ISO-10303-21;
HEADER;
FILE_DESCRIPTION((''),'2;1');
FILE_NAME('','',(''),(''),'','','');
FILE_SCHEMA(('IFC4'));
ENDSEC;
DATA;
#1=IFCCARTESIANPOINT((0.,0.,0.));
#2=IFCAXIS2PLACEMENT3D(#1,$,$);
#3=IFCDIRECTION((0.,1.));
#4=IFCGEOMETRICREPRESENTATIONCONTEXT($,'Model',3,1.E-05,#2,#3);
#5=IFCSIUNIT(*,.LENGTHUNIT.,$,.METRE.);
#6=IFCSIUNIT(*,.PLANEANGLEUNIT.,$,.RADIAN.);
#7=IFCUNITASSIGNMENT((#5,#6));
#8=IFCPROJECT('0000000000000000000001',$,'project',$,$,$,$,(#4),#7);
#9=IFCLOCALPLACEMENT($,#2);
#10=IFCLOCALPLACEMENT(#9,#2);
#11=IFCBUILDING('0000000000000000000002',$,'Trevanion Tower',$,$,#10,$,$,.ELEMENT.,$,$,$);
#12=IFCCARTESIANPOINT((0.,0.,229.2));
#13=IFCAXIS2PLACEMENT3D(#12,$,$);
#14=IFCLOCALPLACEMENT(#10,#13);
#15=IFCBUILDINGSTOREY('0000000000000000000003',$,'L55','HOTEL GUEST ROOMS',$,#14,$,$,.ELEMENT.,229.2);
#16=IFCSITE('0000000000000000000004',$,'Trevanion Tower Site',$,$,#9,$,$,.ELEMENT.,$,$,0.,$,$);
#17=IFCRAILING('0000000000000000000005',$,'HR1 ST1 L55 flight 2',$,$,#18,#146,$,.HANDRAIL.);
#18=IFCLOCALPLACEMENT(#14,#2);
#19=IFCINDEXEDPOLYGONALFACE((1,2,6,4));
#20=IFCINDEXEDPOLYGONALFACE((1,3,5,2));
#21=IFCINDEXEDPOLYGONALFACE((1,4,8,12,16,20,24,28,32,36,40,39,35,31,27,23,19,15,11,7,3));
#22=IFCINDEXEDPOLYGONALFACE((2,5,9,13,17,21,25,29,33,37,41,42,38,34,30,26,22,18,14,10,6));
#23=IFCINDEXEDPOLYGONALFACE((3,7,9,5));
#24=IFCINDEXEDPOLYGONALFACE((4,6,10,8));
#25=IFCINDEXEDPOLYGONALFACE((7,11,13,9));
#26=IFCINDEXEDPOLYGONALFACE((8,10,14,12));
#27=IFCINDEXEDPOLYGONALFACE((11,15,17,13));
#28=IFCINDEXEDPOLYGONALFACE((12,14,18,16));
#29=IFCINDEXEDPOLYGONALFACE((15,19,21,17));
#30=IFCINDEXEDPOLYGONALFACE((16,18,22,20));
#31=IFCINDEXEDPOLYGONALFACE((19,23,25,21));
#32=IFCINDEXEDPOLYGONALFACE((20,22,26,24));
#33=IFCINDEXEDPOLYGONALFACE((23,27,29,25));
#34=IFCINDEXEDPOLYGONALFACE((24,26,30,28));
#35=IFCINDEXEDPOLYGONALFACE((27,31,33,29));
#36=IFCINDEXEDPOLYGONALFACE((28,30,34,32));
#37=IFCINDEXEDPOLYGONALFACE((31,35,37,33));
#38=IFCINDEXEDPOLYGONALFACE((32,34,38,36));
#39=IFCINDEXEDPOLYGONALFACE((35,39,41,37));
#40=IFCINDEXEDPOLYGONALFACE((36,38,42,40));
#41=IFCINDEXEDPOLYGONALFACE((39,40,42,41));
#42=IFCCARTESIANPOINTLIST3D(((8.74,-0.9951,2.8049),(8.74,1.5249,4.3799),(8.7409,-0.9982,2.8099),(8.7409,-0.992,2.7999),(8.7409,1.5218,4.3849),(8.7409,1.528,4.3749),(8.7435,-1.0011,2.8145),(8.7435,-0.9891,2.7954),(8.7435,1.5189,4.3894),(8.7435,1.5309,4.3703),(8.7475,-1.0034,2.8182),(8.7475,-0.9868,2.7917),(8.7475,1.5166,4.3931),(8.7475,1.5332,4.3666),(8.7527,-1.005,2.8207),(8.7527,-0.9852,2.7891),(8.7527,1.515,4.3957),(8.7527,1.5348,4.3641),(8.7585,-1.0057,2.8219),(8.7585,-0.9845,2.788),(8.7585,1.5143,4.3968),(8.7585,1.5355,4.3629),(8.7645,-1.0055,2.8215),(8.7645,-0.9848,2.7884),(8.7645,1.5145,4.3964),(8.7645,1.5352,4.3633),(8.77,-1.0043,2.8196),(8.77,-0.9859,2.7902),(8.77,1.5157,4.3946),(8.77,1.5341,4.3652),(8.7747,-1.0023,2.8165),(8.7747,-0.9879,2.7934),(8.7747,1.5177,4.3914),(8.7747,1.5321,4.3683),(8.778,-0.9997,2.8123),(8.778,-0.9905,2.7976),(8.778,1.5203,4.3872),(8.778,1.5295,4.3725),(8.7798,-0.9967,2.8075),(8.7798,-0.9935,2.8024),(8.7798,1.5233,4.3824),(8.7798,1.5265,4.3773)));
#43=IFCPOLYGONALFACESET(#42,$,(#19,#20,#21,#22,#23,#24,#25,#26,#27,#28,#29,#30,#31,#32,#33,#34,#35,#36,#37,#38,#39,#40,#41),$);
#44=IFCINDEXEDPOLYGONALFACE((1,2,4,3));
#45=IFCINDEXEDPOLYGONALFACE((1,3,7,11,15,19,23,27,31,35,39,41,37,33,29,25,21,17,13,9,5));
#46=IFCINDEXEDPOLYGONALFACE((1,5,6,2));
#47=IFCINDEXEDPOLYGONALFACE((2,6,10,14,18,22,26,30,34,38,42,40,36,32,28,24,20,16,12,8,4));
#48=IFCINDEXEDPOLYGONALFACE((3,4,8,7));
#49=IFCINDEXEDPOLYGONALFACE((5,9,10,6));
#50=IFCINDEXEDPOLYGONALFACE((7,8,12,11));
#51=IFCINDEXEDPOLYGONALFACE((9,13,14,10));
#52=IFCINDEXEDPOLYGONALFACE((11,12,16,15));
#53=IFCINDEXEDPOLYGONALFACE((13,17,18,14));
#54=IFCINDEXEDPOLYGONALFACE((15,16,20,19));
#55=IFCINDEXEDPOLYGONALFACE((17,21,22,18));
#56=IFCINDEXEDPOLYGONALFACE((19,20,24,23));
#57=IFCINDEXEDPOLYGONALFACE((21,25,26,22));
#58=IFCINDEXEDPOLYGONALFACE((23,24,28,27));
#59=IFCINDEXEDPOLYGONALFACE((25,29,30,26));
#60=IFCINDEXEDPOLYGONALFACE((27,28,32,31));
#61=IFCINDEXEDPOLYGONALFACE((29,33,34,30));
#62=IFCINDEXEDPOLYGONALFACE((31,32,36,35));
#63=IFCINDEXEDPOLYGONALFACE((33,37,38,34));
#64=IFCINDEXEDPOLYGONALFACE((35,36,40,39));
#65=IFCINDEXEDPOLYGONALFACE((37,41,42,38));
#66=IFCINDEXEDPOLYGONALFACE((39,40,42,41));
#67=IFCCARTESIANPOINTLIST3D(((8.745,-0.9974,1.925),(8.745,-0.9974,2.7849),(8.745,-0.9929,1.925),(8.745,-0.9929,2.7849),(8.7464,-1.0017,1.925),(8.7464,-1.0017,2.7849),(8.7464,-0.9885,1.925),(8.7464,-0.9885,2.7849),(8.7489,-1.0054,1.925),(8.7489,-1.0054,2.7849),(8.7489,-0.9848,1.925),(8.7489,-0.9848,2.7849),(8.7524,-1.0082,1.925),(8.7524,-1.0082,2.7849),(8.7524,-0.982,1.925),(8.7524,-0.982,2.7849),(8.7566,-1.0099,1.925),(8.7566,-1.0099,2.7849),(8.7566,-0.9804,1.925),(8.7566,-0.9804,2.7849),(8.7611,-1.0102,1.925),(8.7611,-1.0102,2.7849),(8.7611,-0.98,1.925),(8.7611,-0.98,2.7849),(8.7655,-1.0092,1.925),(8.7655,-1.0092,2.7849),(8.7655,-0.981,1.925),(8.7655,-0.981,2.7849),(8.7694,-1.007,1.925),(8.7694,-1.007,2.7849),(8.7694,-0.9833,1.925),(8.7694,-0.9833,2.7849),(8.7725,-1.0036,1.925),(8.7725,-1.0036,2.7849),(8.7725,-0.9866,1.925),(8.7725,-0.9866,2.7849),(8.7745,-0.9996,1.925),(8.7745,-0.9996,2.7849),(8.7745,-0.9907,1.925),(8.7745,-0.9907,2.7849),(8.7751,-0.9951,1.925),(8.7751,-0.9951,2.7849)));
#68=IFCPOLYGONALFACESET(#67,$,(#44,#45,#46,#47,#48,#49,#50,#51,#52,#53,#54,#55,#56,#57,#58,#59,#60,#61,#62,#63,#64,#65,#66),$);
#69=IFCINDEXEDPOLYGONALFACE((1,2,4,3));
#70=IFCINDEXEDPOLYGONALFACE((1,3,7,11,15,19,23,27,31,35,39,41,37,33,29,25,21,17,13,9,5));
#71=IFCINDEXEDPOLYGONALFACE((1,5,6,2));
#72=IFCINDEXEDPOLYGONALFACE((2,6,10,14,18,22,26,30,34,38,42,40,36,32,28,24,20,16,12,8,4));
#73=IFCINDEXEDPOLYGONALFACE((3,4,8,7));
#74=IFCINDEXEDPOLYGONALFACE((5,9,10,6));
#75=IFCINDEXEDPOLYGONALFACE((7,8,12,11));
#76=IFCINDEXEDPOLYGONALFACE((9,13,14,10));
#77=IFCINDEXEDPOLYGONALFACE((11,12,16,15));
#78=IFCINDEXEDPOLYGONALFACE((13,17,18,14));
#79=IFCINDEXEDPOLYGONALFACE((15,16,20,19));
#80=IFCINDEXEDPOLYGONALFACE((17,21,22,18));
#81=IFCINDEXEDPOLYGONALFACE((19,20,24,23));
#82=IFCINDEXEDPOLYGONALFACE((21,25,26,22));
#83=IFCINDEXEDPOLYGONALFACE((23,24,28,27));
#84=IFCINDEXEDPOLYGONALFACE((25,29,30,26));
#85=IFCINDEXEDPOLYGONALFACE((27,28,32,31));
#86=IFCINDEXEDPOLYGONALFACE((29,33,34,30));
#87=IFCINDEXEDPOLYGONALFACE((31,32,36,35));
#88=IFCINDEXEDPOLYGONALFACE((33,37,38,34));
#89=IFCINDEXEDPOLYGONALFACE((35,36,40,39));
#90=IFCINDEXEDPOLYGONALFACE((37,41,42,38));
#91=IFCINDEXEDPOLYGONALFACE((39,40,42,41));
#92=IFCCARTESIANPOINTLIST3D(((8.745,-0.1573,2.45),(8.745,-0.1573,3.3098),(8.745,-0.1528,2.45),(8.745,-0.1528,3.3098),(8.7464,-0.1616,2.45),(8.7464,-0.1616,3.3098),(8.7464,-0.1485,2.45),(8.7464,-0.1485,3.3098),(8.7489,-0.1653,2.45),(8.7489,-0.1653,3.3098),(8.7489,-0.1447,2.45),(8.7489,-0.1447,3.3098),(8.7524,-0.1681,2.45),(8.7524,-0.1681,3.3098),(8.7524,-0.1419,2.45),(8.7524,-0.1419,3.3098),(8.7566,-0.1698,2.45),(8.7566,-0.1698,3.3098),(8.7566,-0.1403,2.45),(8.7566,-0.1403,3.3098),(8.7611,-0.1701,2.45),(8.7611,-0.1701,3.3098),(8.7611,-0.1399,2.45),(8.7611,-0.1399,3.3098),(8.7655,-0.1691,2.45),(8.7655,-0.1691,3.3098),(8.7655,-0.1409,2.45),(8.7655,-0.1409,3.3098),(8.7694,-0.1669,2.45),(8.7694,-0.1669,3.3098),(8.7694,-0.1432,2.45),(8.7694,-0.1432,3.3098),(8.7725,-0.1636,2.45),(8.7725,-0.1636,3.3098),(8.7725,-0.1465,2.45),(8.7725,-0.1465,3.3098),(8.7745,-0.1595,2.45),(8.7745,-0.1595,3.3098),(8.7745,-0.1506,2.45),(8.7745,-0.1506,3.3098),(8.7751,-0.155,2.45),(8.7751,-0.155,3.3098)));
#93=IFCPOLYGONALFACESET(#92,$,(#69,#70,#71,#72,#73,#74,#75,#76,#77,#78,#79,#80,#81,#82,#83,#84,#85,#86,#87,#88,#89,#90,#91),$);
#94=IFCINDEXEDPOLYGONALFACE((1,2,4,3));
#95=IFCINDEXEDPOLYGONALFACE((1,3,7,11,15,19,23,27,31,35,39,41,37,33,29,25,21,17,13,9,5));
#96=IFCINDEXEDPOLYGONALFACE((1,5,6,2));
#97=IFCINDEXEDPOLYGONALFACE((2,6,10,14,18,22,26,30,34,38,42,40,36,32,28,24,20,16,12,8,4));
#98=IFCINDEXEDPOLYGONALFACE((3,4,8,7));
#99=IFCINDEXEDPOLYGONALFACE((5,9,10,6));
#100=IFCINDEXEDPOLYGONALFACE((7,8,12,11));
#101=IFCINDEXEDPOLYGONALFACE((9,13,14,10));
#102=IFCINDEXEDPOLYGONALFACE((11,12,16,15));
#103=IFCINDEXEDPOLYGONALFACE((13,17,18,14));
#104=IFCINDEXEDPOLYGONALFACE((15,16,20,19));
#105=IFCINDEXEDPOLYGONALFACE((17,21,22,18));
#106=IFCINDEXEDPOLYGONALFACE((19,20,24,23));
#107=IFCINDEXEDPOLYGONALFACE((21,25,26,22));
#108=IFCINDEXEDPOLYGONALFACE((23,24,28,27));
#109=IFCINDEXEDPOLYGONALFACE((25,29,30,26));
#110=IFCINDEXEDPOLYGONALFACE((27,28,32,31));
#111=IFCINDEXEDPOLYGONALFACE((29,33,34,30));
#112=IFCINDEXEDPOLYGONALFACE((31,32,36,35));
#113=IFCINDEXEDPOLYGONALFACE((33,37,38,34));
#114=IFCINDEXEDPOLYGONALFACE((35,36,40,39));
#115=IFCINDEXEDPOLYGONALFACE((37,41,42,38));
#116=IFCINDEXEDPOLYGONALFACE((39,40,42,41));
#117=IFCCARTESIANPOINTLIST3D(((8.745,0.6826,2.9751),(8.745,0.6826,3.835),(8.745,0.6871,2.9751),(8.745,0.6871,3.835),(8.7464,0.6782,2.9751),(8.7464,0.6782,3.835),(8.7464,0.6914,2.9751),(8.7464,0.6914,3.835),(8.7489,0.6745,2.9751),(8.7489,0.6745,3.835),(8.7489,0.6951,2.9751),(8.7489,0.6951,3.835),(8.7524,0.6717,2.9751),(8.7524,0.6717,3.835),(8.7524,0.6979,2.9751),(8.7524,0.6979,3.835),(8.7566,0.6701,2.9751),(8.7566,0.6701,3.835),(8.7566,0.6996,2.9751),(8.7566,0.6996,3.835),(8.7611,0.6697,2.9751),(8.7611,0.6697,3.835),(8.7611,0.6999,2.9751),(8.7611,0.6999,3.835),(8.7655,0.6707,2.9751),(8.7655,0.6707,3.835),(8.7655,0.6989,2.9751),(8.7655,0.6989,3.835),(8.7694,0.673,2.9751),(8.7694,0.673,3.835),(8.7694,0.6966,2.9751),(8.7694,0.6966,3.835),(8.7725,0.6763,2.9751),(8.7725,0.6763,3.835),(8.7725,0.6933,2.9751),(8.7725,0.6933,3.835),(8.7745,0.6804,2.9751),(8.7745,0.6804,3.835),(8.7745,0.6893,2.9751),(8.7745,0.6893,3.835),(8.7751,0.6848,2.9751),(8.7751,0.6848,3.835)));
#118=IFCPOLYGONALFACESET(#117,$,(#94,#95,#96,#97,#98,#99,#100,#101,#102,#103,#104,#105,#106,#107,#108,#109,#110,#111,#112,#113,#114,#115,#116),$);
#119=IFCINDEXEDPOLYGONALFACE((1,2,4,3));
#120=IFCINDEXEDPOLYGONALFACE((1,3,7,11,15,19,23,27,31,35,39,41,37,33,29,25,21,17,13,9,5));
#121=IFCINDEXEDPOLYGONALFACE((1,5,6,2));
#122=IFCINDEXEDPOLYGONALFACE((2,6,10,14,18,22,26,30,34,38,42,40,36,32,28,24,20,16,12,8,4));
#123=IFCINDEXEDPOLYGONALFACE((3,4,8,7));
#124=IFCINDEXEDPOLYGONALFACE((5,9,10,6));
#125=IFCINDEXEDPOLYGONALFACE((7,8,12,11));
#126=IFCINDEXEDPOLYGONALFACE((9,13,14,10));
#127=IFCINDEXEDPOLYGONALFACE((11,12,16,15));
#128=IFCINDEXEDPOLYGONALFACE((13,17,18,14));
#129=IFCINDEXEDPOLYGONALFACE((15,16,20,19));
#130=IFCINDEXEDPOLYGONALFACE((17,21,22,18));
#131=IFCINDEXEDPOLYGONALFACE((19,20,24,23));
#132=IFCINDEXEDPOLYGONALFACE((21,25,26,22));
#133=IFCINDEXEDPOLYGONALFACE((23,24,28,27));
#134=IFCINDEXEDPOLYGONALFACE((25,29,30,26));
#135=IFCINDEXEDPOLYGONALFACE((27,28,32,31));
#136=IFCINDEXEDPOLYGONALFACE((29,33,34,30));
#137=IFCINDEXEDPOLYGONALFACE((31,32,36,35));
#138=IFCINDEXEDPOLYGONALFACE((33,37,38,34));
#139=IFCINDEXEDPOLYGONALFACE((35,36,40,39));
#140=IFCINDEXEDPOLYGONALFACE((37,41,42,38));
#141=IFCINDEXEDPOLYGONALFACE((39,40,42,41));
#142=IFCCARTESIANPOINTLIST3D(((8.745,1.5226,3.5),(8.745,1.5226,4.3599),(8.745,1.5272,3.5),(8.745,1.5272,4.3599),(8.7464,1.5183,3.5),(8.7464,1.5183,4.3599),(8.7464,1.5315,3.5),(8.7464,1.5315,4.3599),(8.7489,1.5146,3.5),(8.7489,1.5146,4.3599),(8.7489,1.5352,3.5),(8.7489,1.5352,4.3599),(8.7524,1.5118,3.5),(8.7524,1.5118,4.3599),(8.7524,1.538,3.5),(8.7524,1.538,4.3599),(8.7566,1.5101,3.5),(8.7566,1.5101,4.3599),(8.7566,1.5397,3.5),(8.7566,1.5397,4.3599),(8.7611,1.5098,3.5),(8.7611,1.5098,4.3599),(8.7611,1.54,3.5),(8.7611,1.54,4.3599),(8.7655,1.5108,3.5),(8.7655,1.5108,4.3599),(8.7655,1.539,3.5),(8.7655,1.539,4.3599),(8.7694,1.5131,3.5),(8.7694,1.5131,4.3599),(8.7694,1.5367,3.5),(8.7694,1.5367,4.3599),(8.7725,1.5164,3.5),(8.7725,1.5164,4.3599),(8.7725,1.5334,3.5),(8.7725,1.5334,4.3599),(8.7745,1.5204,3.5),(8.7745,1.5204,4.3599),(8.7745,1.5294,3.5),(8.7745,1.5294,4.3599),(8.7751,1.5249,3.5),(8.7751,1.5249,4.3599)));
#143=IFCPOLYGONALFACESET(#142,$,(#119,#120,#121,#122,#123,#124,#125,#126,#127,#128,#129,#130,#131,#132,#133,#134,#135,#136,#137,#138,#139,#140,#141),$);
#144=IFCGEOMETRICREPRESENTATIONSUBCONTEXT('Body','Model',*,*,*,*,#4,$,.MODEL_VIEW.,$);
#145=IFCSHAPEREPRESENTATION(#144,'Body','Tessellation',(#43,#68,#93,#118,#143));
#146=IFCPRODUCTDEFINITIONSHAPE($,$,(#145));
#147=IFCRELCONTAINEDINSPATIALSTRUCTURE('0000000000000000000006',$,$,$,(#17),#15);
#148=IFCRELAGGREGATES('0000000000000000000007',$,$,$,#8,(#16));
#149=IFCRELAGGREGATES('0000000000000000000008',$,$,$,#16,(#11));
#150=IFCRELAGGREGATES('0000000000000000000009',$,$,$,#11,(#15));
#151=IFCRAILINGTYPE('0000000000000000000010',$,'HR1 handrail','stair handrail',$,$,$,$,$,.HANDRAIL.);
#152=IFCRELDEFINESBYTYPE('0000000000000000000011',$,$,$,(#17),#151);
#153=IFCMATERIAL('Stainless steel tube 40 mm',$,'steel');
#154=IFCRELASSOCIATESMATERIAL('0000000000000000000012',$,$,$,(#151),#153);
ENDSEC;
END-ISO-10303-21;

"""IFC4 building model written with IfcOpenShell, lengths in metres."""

from ifc_helpers import new_model, si_unit, direction, frame, origin, origin_2d, place, context, subcontext, project, spatial, circle, extrude, material, type_object, element, save


model = new_model("IFC4")

# Units and contexts
model_context = context("Model", 3, precision=1e-05, world=origin(), true_north=direction((0.0, 1.0)))
body_context = subcontext(model_context, "Body", "Model", "MODEL_VIEW")
ifc_project = project(units=[si_unit("LENGTHUNIT", "METRE"), si_unit("PLANEANGLEUNIT", "RADIAN")], contexts=[model_context])

# Site, building, storey
site_placement = place(None, origin())
site = spatial("IfcSite", under=ifc_project, at=site_placement, Name="Trevanion Tower Site", CompositionType="ELEMENT", RefElevation=0.0)
building_placement = place(site_placement, origin())
building = spatial("IfcBuilding", under=site, at=building_placement, Name="Trevanion Tower", CompositionType="ELEMENT")
storey_placement = place(building_placement, frame((0.0, 0.0, 229.2)))
storey = spatial("IfcBuildingStorey", under=building, at=storey_placement, Name="L55", Description="HOTEL GUEST ROOMS", CompositionType="ELEMENT", Elevation=229.2)

# Railing
ifc_material_1 = material(Name="Stainless steel tube 40 mm", Category="steel")
railing_type = type_object("IfcRailingType", Name="HR1 handrail", Description="stair handrail", PredefinedType="HANDRAIL", material=ifc_material_1)
for number, where, name in (
    (1, (8.76, -0.9951, 1.925), "HR1 ST1 L55 flight 2"),
):
    element("IfcRailing", number, at=place(storey_placement, frame(where)), inside=storey, type_object=railing_type, Name=name, PredefinedType="HANDRAIL", context=body_context, shape_type="SweptSolid", body=[
        extrude(circle(Radius=0.02, at=origin_2d()), frame((0.0, 0.0, 0.8799), z_axis=(0.0, 0.848008, 0.529984), x_axis=(-1.0, 0.0, 0.0)), (0.0, 0.0, 1.0), 2.9717),
        extrude(circle(Radius=0.0151, at=origin_2d()), origin(), (0.0, 0.0, 1.0), 0.8599),
        extrude(circle(Radius=0.0151, at=origin_2d()), frame((0.0, 0.8401, 0.5249)), (0.0, 0.0, 1.0), 0.8599),
        extrude(circle(Radius=0.0151, at=origin_2d()), frame((0.0, 1.6799, 1.05)), (0.0, 0.0, 1.0), 0.8599),
        extrude(circle(Radius=0.0151, at=origin_2d()), frame((0.0, 2.52, 1.575)), (0.0, 0.0, 1.0), 0.8599),
    ])

save(model, "model.ifc")
